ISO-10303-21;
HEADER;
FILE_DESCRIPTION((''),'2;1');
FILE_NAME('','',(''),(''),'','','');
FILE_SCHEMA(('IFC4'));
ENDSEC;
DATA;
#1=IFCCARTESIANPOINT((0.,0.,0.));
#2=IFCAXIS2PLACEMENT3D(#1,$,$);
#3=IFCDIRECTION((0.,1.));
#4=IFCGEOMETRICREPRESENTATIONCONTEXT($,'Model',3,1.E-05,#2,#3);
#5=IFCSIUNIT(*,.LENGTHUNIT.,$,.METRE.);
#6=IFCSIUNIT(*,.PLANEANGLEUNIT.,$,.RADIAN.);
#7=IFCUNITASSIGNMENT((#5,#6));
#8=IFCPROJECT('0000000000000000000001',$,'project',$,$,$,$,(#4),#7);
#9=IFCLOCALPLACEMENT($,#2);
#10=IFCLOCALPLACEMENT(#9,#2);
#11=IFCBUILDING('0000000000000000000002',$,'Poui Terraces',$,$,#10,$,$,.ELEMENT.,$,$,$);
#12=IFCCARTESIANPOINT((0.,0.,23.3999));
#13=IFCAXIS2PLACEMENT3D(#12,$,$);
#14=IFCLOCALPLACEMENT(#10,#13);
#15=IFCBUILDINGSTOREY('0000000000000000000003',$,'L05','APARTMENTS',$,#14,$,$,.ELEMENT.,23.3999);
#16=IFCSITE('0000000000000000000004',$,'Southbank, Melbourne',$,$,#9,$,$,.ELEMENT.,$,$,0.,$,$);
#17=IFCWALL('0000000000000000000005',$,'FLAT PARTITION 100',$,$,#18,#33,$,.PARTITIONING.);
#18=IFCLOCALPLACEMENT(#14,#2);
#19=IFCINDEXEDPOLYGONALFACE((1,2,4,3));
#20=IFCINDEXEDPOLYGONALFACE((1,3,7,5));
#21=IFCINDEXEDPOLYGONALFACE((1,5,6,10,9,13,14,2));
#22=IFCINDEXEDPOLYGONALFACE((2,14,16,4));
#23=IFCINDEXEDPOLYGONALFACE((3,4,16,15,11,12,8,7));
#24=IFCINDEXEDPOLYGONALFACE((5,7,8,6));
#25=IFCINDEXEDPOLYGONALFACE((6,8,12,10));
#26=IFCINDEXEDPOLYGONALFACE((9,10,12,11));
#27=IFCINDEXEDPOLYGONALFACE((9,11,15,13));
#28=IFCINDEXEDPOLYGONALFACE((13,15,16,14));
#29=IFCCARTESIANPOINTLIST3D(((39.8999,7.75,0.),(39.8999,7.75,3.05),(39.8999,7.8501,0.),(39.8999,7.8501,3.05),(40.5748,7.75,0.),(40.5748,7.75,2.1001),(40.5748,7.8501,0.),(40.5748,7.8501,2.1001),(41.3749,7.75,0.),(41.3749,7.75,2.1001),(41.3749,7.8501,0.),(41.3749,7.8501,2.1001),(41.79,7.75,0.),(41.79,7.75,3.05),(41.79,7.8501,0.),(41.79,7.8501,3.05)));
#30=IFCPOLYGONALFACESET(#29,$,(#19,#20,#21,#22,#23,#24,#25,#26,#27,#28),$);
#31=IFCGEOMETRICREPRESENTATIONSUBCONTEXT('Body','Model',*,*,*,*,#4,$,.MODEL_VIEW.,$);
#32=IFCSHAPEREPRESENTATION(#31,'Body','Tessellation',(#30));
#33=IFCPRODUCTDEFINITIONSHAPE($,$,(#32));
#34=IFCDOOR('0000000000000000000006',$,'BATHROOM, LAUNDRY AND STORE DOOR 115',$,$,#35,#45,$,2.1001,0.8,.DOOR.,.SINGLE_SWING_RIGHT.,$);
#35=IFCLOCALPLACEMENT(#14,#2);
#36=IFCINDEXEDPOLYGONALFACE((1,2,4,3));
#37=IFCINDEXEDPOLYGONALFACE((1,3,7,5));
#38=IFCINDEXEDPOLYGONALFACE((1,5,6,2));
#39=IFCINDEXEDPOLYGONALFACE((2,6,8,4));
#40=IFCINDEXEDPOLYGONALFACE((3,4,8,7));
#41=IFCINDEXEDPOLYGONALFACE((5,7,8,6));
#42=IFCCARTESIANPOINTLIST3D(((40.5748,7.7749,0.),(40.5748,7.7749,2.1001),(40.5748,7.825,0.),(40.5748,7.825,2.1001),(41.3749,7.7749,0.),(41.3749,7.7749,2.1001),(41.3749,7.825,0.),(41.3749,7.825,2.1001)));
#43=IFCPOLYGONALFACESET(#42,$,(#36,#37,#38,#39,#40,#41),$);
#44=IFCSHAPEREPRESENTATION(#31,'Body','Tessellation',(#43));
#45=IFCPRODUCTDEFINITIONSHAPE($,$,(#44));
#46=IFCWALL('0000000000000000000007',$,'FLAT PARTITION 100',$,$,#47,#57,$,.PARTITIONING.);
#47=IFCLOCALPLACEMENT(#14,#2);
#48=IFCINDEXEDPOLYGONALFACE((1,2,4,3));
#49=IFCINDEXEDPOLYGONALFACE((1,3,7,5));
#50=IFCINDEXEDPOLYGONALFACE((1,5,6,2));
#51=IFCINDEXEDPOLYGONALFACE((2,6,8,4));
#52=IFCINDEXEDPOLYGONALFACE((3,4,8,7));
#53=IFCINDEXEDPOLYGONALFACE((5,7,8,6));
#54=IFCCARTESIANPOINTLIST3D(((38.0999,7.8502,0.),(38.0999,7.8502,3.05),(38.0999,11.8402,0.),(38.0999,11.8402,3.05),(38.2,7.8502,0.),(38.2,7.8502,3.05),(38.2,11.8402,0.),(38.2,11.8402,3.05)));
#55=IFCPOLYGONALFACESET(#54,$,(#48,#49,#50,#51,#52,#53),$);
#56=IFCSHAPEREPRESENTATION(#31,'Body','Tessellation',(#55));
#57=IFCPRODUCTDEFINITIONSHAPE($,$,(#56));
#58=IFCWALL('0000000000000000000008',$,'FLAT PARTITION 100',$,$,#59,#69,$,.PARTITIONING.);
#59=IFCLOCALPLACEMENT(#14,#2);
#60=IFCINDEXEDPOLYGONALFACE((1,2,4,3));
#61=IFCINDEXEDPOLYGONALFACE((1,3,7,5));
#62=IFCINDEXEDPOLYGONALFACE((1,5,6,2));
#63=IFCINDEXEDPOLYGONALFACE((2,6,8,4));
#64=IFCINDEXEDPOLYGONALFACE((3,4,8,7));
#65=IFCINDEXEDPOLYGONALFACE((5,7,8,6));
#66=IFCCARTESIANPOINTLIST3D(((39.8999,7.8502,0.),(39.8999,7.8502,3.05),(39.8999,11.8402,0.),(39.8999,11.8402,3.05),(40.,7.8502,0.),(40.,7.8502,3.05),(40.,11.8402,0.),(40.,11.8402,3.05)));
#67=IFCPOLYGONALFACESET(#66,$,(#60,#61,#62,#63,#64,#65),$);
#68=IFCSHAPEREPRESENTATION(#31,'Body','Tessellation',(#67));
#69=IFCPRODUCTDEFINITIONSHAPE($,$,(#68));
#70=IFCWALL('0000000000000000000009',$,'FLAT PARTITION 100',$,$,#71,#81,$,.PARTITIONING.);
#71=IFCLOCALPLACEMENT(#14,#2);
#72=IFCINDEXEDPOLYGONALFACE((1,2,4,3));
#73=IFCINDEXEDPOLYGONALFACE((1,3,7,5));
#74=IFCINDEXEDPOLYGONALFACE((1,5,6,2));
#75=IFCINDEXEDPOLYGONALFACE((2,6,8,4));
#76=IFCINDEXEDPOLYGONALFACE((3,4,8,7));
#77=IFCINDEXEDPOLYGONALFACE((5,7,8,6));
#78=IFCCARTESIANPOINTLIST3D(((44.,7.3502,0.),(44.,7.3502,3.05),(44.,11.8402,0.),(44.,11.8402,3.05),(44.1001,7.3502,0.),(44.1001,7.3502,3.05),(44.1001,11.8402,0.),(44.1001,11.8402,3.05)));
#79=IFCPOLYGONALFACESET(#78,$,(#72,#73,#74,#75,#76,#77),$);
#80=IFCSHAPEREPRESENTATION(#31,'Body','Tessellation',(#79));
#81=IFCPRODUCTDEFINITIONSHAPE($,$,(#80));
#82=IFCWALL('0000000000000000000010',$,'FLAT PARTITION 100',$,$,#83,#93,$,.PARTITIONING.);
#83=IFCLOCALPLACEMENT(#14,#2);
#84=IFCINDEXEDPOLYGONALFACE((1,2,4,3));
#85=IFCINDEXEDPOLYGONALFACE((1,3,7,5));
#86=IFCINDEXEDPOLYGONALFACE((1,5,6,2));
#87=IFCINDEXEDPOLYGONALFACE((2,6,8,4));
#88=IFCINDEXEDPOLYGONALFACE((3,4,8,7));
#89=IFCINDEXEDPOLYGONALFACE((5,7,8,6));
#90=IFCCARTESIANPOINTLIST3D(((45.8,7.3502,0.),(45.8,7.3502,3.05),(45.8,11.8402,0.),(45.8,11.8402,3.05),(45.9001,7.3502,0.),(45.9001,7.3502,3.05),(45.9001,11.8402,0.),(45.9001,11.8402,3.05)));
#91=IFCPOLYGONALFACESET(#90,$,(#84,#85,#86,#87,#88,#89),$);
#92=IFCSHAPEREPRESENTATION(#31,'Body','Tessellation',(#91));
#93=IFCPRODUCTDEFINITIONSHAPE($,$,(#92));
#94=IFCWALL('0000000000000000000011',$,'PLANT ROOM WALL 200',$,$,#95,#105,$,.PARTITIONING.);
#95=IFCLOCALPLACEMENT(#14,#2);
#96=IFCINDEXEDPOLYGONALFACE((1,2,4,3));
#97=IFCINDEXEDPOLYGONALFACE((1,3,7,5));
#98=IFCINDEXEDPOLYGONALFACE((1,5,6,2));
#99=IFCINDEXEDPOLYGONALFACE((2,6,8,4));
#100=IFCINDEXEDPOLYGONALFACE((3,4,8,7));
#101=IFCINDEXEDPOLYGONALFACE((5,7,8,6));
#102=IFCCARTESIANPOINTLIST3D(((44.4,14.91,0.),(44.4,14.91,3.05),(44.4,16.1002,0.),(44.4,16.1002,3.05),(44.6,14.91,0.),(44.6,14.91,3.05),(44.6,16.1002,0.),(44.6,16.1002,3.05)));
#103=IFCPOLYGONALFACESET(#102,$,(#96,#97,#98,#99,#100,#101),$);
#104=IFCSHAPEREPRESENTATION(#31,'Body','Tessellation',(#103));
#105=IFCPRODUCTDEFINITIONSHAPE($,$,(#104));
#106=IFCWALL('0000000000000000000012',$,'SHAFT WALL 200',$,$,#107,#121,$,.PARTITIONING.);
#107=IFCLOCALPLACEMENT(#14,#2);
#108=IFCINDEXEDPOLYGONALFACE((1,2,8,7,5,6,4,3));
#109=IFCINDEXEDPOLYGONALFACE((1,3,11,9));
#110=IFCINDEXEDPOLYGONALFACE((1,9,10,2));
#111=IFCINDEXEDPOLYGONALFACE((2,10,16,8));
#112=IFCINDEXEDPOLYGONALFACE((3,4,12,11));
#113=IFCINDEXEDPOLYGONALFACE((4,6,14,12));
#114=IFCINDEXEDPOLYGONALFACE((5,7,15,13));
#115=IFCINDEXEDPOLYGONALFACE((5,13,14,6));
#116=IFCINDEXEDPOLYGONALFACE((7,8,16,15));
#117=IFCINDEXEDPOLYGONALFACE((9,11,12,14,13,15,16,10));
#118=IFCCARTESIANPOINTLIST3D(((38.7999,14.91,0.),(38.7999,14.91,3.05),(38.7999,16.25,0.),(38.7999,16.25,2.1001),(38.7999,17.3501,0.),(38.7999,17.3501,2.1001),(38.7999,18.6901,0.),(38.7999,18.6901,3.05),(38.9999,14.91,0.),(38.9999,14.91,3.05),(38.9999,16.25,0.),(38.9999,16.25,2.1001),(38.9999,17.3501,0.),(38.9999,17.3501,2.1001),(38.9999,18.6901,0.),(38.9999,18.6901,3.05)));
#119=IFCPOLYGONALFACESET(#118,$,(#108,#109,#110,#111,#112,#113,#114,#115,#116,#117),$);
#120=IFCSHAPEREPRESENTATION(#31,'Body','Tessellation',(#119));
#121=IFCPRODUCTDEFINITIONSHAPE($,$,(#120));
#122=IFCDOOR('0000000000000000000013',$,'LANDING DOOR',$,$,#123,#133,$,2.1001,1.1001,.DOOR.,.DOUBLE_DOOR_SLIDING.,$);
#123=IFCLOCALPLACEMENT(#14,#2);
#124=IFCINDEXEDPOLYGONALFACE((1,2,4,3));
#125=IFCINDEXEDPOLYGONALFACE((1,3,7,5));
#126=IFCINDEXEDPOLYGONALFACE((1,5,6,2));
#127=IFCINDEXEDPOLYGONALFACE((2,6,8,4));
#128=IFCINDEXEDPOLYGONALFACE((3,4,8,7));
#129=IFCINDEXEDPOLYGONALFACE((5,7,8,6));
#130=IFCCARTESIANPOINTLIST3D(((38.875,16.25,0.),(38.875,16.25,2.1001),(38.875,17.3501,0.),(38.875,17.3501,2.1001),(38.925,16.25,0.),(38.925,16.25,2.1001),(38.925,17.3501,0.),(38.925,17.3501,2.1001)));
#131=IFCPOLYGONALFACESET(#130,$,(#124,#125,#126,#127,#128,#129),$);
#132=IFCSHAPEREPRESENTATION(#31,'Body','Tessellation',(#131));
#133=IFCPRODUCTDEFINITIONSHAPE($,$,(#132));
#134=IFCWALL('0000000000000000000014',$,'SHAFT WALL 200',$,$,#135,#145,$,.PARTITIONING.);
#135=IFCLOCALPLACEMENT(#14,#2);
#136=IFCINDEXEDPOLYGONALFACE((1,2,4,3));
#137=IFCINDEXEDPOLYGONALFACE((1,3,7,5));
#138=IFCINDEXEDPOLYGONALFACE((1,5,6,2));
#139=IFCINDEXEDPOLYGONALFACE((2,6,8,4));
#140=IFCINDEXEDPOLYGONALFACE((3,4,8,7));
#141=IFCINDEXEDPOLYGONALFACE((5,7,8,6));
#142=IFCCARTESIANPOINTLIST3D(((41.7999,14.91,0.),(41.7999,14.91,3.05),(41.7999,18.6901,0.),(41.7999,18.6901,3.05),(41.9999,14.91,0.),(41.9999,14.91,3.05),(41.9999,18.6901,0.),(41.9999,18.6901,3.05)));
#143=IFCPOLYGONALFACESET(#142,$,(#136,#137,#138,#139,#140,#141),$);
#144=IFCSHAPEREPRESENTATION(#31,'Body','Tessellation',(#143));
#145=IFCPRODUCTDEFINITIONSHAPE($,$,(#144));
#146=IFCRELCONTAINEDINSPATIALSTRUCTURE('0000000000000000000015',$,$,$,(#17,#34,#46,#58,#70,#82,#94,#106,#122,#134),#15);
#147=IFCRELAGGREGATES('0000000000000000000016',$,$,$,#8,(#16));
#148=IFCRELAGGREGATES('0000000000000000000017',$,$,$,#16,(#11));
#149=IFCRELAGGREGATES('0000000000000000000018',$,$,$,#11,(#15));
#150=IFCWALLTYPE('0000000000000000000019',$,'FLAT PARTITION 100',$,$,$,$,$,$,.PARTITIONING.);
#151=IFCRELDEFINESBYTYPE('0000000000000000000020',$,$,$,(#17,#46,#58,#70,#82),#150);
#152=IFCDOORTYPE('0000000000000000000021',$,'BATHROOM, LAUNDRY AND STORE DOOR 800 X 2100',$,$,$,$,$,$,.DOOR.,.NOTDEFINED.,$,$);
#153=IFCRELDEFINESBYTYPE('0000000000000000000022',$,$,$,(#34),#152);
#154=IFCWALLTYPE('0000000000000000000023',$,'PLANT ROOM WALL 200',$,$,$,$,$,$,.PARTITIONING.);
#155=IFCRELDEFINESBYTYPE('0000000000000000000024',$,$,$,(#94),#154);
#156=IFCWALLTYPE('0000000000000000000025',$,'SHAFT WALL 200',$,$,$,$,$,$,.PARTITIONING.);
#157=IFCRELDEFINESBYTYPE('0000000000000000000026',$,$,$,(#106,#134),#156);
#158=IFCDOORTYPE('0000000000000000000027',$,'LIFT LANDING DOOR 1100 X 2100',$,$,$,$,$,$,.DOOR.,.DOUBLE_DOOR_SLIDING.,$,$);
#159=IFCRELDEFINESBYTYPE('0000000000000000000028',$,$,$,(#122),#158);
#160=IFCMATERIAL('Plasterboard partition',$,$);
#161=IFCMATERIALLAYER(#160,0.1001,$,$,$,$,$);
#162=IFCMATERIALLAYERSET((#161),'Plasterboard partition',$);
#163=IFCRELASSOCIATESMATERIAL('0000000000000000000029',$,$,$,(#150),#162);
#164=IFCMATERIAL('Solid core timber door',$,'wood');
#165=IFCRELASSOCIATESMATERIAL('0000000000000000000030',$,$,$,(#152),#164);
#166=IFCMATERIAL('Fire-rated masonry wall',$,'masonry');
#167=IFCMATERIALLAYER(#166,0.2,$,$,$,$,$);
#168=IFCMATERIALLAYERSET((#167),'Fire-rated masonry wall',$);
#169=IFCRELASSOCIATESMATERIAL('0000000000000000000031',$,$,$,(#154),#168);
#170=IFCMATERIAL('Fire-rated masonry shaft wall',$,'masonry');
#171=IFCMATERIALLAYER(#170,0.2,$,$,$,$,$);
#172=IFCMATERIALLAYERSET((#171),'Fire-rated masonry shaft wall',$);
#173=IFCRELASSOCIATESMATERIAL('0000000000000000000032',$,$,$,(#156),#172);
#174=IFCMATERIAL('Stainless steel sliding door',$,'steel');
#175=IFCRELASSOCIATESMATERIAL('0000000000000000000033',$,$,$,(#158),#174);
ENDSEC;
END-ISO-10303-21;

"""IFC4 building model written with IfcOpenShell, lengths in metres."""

from ifc_helpers import new_model, si_unit, direction, frame, frame_2d, origin, place, context, subcontext, project, spatial, rectangle, extrude, material, layer, layer_set, type_object, element, fill, save


model = new_model("IFC4")

# Units and contexts
model_context = context("Model", 3, precision=1e-05, world=origin(), true_north=direction((0.0, 1.0)))
body_context = subcontext(model_context, "Body", "Model", "MODEL_VIEW")
ifc_project = project(units=[si_unit("LENGTHUNIT", "METRE"), si_unit("PLANEANGLEUNIT", "RADIAN")], contexts=[model_context])

# Site, building, storey
site_placement = place(None, origin())
site = spatial("IfcSite", under=ifc_project, at=site_placement, Name="Southbank, Melbourne", CompositionType="ELEMENT", RefElevation=0.0)
building_placement = place(site_placement, origin())
building = spatial("IfcBuilding", under=site, at=building_placement, Name="Poui Terraces", CompositionType="ELEMENT")
storey_placement = place(building_placement, frame((0.0, 0.0, 23.3999)))
storey = spatial("IfcBuildingStorey", under=building, at=storey_placement, Name="L05", Description="APARTMENTS", CompositionType="ELEMENT", Elevation=23.3999)

# Wall, opening, door
ifc_material_1 = material(Name="Plasterboard partition")
ifc_layer_1 = layer(ifc_material_1, 0.1001)
ifc_layer_set_1 = layer_set([ifc_layer_1], Name="Plasterboard partition")
wall_type_1 = type_object("IfcWallType", Name="FLAT PARTITION 100", PredefinedType="PARTITIONING", material=ifc_layer_set_1)
ifc_material_2 = material(Name="Solid core timber door", Category="wood")
wall_1_placement = place(storey_placement, frame((39.8999, 7.8, 0.0), z_axis=(0.0, 0.0, 1.0), x_axis=(1.0, 0.0, 0.0)))
wall_1 = element("IfcWall", 1, at=wall_1_placement, inside=storey, type_object=wall_type_1, Name="FLAT PARTITION 100", PredefinedType="PARTITIONING", context=body_context, shape_type="SweptSolid", body=[
    extrude(rectangle(XDim=1.8901, YDim=0.1001, at=frame_2d((0.9451, 0.0))), origin(), (0.0, 0.0, 1.0), 3.05),
])
opening_1_placement = place(wall_1_placement, frame((0.675, 0.0, 0.0)))
opening_1 = element("IfcOpeningElement", 2, at=opening_1_placement, cuts=wall_1, PredefinedType="OPENING", context=body_context, shape_type="SweptSolid", body=[
    extrude(rectangle(XDim=0.8, YDim=2.1001, at=frame_2d((0.3999, 1.05))), frame((0.0, 0.0601, 0.0), z_axis=(0.0, -1.0, 0.0), x_axis=(1.0, 0.0, 0.0)), (0.0, 0.0, 1.0), 0.1201),
])
door_type_1 = type_object("IfcDoorType", Name="BATHROOM, LAUNDRY AND STORE DOOR 800 X 2100", OperationType="NOTDEFINED", PredefinedType="DOOR", material=ifc_material_2)
door_1_placement = place(opening_1_placement, origin())
door_1 = element("IfcDoor", 3, at=door_1_placement, inside=storey, type_object=door_type_1, Name="BATHROOM, LAUNDRY AND STORE DOOR 115", OperationType="SINGLE_SWING_RIGHT", OverallHeight=2.1001, OverallWidth=0.8, PredefinedType="DOOR", context=body_context, shape_type="SweptSolid", body=[
    extrude(rectangle(XDim=0.8, YDim=2.1001, at=frame_2d((0.3999, 1.05))), frame((0.0, 0.0249, 0.0), z_axis=(0.0, -1.0, 0.0), x_axis=(1.0, 0.0, 0.0)), (0.0, 0.0, 1.0), 0.05),
])
fill(opening_1, door_1)

# Walls
for number, where, z_axis, x_axis, name in (
    (4, (38.1499, 7.8501, 0.0), (0.0, 0.0, 1.0), (0.0, 1.0, 0.0), "FLAT PARTITION 100"),
    (5, (39.95, 7.8501, 0.0), (0.0, 0.0, 1.0), (0.0, 1.0, 0.0), "FLAT PARTITION 100"),
):
    element("IfcWall", number, at=place(storey_placement, frame(where, z_axis=z_axis, x_axis=x_axis)), inside=storey, type_object=wall_type_1, Name=name, PredefinedType="PARTITIONING", context=body_context, shape_type="SweptSolid", body=[
        extrude(rectangle(XDim=3.99, YDim=0.1001, at=frame_2d((1.9951, 0.0))), origin(), (0.0, 0.0, 1.0), 3.05),
    ])
for number, where, z_axis, x_axis, name in (
    (6, (44.05, 7.3501, 0.0), (0.0, 0.0, 1.0), (0.0, 1.0, 0.0), "FLAT PARTITION 100"),
    (7, (45.8501, 7.3501, 0.0), (0.0, 0.0, 1.0), (0.0, 1.0, 0.0), "FLAT PARTITION 100"),
):
    element("IfcWall", number, at=place(storey_placement, frame(where, z_axis=z_axis, x_axis=x_axis)), inside=storey, type_object=wall_type_1, Name=name, PredefinedType="PARTITIONING", context=body_context, shape_type="SweptSolid", body=[
        extrude(rectangle(XDim=4.49, YDim=0.1001, at=frame_2d((2.2451, 0.0))), origin(), (0.0, 0.0, 1.0), 3.05),
    ])
ifc_material_3 = material(Name="Fire-rated masonry wall", Category="masonry")
ifc_layer_2 = layer(ifc_material_3, 0.2)
ifc_layer_set_2 = layer_set([ifc_layer_2], Name="Fire-rated masonry wall")
wall_type_2 = type_object("IfcWallType", Name="PLANT ROOM WALL 200", PredefinedType="PARTITIONING", material=ifc_layer_set_2)
wall_2_placement = place(storey_placement, frame((44.5, 14.9099, 0.0), z_axis=(0.0, 0.0, 1.0), x_axis=(0.0, 1.0, 0.0)))
element("IfcWall", 8, at=wall_2_placement, inside=storey, type_object=wall_type_2, Name="PLANT ROOM WALL 200", PredefinedType="PARTITIONING", context=body_context, shape_type="SweptSolid", body=[
    extrude(rectangle(XDim=1.1902, YDim=0.2, at=frame_2d((0.5952, 0.0))), origin(), (0.0, 0.0, 1.0), 3.05),
])

# Wall, opening, door
ifc_material_4 = material(Name="Fire-rated masonry shaft wall", Category="masonry")
ifc_layer_3 = layer(ifc_material_4, 0.2)
ifc_layer_set_3 = layer_set([ifc_layer_3], Name="Fire-rated masonry shaft wall")
wall_type_3 = type_object("IfcWallType", Name="SHAFT WALL 200", PredefinedType="PARTITIONING", material=ifc_layer_set_3)
wall_3_placement = place(storey_placement, frame((38.8999, 14.9099, 0.0), z_axis=(0.0, 0.0, 1.0), x_axis=(0.0, 1.0, 0.0)))
wall_3 = element("IfcWall", 9, at=wall_3_placement, inside=storey, type_object=wall_type_3, Name="SHAFT WALL 200", PredefinedType="PARTITIONING", context=body_context, shape_type="SweptSolid", body=[
    extrude(rectangle(XDim=3.78, YDim=0.2, at=frame_2d((1.8901, 0.0))), origin(), (0.0, 0.0, 1.0), 3.05),
])
opening_2_placement = place(wall_3_placement, frame((1.3401, 0.0, 0.0)))
opening_2 = element("IfcOpeningElement", 10, at=opening_2_placement, cuts=wall_3, PredefinedType="OPENING", context=body_context, shape_type="SweptSolid", body=[
    extrude(rectangle(XDim=1.1001, YDim=2.1001, at=frame_2d((0.55, 1.05))), frame((0.0, 0.1099, 0.0), z_axis=(0.0, -1.0, 0.0), x_axis=(1.0, 0.0, 0.0)), (0.0, 0.0, 1.0), 0.22),
])
ifc_material_5 = material(Name="Stainless steel sliding door", Category="steel")
door_type_2 = type_object("IfcDoorType", Name="LIFT LANDING DOOR 1100 X 2100", OperationType="DOUBLE_DOOR_SLIDING", PredefinedType="DOOR", material=ifc_material_5)
door_2_placement = place(opening_2_placement, origin())
door_2 = element("IfcDoor", 11, at=door_2_placement, inside=storey, type_object=door_type_2, Name="LANDING DOOR", OperationType="DOUBLE_DOOR_SLIDING", OverallHeight=2.1001, OverallWidth=1.1001, PredefinedType="DOOR", context=body_context, shape_type="SweptSolid", body=[
    extrude(rectangle(XDim=1.1001, YDim=2.1001, at=frame_2d((0.55, 1.05))), frame((0.0, 0.0249, 0.0), z_axis=(0.0, -1.0, 0.0), x_axis=(1.0, 0.0, 0.0)), (0.0, 0.0, 1.0), 0.05),
])
fill(opening_2, door_2)

# Wall
wall_4_placement = place(storey_placement, frame((41.8999, 14.9099, 0.0), z_axis=(0.0, 0.0, 1.0), x_axis=(0.0, 1.0, 0.0)))
element("IfcWall", 12, at=wall_4_placement, inside=storey, type_object=wall_type_3, Name="SHAFT WALL 200", PredefinedType="PARTITIONING", context=body_context, shape_type="SweptSolid", body=[
    extrude(rectangle(XDim=3.78, YDim=0.2, at=frame_2d((1.8901, 0.0))), origin(), (0.0, 0.0, 1.0), 3.05),
])

save(model, "model.ifc")
